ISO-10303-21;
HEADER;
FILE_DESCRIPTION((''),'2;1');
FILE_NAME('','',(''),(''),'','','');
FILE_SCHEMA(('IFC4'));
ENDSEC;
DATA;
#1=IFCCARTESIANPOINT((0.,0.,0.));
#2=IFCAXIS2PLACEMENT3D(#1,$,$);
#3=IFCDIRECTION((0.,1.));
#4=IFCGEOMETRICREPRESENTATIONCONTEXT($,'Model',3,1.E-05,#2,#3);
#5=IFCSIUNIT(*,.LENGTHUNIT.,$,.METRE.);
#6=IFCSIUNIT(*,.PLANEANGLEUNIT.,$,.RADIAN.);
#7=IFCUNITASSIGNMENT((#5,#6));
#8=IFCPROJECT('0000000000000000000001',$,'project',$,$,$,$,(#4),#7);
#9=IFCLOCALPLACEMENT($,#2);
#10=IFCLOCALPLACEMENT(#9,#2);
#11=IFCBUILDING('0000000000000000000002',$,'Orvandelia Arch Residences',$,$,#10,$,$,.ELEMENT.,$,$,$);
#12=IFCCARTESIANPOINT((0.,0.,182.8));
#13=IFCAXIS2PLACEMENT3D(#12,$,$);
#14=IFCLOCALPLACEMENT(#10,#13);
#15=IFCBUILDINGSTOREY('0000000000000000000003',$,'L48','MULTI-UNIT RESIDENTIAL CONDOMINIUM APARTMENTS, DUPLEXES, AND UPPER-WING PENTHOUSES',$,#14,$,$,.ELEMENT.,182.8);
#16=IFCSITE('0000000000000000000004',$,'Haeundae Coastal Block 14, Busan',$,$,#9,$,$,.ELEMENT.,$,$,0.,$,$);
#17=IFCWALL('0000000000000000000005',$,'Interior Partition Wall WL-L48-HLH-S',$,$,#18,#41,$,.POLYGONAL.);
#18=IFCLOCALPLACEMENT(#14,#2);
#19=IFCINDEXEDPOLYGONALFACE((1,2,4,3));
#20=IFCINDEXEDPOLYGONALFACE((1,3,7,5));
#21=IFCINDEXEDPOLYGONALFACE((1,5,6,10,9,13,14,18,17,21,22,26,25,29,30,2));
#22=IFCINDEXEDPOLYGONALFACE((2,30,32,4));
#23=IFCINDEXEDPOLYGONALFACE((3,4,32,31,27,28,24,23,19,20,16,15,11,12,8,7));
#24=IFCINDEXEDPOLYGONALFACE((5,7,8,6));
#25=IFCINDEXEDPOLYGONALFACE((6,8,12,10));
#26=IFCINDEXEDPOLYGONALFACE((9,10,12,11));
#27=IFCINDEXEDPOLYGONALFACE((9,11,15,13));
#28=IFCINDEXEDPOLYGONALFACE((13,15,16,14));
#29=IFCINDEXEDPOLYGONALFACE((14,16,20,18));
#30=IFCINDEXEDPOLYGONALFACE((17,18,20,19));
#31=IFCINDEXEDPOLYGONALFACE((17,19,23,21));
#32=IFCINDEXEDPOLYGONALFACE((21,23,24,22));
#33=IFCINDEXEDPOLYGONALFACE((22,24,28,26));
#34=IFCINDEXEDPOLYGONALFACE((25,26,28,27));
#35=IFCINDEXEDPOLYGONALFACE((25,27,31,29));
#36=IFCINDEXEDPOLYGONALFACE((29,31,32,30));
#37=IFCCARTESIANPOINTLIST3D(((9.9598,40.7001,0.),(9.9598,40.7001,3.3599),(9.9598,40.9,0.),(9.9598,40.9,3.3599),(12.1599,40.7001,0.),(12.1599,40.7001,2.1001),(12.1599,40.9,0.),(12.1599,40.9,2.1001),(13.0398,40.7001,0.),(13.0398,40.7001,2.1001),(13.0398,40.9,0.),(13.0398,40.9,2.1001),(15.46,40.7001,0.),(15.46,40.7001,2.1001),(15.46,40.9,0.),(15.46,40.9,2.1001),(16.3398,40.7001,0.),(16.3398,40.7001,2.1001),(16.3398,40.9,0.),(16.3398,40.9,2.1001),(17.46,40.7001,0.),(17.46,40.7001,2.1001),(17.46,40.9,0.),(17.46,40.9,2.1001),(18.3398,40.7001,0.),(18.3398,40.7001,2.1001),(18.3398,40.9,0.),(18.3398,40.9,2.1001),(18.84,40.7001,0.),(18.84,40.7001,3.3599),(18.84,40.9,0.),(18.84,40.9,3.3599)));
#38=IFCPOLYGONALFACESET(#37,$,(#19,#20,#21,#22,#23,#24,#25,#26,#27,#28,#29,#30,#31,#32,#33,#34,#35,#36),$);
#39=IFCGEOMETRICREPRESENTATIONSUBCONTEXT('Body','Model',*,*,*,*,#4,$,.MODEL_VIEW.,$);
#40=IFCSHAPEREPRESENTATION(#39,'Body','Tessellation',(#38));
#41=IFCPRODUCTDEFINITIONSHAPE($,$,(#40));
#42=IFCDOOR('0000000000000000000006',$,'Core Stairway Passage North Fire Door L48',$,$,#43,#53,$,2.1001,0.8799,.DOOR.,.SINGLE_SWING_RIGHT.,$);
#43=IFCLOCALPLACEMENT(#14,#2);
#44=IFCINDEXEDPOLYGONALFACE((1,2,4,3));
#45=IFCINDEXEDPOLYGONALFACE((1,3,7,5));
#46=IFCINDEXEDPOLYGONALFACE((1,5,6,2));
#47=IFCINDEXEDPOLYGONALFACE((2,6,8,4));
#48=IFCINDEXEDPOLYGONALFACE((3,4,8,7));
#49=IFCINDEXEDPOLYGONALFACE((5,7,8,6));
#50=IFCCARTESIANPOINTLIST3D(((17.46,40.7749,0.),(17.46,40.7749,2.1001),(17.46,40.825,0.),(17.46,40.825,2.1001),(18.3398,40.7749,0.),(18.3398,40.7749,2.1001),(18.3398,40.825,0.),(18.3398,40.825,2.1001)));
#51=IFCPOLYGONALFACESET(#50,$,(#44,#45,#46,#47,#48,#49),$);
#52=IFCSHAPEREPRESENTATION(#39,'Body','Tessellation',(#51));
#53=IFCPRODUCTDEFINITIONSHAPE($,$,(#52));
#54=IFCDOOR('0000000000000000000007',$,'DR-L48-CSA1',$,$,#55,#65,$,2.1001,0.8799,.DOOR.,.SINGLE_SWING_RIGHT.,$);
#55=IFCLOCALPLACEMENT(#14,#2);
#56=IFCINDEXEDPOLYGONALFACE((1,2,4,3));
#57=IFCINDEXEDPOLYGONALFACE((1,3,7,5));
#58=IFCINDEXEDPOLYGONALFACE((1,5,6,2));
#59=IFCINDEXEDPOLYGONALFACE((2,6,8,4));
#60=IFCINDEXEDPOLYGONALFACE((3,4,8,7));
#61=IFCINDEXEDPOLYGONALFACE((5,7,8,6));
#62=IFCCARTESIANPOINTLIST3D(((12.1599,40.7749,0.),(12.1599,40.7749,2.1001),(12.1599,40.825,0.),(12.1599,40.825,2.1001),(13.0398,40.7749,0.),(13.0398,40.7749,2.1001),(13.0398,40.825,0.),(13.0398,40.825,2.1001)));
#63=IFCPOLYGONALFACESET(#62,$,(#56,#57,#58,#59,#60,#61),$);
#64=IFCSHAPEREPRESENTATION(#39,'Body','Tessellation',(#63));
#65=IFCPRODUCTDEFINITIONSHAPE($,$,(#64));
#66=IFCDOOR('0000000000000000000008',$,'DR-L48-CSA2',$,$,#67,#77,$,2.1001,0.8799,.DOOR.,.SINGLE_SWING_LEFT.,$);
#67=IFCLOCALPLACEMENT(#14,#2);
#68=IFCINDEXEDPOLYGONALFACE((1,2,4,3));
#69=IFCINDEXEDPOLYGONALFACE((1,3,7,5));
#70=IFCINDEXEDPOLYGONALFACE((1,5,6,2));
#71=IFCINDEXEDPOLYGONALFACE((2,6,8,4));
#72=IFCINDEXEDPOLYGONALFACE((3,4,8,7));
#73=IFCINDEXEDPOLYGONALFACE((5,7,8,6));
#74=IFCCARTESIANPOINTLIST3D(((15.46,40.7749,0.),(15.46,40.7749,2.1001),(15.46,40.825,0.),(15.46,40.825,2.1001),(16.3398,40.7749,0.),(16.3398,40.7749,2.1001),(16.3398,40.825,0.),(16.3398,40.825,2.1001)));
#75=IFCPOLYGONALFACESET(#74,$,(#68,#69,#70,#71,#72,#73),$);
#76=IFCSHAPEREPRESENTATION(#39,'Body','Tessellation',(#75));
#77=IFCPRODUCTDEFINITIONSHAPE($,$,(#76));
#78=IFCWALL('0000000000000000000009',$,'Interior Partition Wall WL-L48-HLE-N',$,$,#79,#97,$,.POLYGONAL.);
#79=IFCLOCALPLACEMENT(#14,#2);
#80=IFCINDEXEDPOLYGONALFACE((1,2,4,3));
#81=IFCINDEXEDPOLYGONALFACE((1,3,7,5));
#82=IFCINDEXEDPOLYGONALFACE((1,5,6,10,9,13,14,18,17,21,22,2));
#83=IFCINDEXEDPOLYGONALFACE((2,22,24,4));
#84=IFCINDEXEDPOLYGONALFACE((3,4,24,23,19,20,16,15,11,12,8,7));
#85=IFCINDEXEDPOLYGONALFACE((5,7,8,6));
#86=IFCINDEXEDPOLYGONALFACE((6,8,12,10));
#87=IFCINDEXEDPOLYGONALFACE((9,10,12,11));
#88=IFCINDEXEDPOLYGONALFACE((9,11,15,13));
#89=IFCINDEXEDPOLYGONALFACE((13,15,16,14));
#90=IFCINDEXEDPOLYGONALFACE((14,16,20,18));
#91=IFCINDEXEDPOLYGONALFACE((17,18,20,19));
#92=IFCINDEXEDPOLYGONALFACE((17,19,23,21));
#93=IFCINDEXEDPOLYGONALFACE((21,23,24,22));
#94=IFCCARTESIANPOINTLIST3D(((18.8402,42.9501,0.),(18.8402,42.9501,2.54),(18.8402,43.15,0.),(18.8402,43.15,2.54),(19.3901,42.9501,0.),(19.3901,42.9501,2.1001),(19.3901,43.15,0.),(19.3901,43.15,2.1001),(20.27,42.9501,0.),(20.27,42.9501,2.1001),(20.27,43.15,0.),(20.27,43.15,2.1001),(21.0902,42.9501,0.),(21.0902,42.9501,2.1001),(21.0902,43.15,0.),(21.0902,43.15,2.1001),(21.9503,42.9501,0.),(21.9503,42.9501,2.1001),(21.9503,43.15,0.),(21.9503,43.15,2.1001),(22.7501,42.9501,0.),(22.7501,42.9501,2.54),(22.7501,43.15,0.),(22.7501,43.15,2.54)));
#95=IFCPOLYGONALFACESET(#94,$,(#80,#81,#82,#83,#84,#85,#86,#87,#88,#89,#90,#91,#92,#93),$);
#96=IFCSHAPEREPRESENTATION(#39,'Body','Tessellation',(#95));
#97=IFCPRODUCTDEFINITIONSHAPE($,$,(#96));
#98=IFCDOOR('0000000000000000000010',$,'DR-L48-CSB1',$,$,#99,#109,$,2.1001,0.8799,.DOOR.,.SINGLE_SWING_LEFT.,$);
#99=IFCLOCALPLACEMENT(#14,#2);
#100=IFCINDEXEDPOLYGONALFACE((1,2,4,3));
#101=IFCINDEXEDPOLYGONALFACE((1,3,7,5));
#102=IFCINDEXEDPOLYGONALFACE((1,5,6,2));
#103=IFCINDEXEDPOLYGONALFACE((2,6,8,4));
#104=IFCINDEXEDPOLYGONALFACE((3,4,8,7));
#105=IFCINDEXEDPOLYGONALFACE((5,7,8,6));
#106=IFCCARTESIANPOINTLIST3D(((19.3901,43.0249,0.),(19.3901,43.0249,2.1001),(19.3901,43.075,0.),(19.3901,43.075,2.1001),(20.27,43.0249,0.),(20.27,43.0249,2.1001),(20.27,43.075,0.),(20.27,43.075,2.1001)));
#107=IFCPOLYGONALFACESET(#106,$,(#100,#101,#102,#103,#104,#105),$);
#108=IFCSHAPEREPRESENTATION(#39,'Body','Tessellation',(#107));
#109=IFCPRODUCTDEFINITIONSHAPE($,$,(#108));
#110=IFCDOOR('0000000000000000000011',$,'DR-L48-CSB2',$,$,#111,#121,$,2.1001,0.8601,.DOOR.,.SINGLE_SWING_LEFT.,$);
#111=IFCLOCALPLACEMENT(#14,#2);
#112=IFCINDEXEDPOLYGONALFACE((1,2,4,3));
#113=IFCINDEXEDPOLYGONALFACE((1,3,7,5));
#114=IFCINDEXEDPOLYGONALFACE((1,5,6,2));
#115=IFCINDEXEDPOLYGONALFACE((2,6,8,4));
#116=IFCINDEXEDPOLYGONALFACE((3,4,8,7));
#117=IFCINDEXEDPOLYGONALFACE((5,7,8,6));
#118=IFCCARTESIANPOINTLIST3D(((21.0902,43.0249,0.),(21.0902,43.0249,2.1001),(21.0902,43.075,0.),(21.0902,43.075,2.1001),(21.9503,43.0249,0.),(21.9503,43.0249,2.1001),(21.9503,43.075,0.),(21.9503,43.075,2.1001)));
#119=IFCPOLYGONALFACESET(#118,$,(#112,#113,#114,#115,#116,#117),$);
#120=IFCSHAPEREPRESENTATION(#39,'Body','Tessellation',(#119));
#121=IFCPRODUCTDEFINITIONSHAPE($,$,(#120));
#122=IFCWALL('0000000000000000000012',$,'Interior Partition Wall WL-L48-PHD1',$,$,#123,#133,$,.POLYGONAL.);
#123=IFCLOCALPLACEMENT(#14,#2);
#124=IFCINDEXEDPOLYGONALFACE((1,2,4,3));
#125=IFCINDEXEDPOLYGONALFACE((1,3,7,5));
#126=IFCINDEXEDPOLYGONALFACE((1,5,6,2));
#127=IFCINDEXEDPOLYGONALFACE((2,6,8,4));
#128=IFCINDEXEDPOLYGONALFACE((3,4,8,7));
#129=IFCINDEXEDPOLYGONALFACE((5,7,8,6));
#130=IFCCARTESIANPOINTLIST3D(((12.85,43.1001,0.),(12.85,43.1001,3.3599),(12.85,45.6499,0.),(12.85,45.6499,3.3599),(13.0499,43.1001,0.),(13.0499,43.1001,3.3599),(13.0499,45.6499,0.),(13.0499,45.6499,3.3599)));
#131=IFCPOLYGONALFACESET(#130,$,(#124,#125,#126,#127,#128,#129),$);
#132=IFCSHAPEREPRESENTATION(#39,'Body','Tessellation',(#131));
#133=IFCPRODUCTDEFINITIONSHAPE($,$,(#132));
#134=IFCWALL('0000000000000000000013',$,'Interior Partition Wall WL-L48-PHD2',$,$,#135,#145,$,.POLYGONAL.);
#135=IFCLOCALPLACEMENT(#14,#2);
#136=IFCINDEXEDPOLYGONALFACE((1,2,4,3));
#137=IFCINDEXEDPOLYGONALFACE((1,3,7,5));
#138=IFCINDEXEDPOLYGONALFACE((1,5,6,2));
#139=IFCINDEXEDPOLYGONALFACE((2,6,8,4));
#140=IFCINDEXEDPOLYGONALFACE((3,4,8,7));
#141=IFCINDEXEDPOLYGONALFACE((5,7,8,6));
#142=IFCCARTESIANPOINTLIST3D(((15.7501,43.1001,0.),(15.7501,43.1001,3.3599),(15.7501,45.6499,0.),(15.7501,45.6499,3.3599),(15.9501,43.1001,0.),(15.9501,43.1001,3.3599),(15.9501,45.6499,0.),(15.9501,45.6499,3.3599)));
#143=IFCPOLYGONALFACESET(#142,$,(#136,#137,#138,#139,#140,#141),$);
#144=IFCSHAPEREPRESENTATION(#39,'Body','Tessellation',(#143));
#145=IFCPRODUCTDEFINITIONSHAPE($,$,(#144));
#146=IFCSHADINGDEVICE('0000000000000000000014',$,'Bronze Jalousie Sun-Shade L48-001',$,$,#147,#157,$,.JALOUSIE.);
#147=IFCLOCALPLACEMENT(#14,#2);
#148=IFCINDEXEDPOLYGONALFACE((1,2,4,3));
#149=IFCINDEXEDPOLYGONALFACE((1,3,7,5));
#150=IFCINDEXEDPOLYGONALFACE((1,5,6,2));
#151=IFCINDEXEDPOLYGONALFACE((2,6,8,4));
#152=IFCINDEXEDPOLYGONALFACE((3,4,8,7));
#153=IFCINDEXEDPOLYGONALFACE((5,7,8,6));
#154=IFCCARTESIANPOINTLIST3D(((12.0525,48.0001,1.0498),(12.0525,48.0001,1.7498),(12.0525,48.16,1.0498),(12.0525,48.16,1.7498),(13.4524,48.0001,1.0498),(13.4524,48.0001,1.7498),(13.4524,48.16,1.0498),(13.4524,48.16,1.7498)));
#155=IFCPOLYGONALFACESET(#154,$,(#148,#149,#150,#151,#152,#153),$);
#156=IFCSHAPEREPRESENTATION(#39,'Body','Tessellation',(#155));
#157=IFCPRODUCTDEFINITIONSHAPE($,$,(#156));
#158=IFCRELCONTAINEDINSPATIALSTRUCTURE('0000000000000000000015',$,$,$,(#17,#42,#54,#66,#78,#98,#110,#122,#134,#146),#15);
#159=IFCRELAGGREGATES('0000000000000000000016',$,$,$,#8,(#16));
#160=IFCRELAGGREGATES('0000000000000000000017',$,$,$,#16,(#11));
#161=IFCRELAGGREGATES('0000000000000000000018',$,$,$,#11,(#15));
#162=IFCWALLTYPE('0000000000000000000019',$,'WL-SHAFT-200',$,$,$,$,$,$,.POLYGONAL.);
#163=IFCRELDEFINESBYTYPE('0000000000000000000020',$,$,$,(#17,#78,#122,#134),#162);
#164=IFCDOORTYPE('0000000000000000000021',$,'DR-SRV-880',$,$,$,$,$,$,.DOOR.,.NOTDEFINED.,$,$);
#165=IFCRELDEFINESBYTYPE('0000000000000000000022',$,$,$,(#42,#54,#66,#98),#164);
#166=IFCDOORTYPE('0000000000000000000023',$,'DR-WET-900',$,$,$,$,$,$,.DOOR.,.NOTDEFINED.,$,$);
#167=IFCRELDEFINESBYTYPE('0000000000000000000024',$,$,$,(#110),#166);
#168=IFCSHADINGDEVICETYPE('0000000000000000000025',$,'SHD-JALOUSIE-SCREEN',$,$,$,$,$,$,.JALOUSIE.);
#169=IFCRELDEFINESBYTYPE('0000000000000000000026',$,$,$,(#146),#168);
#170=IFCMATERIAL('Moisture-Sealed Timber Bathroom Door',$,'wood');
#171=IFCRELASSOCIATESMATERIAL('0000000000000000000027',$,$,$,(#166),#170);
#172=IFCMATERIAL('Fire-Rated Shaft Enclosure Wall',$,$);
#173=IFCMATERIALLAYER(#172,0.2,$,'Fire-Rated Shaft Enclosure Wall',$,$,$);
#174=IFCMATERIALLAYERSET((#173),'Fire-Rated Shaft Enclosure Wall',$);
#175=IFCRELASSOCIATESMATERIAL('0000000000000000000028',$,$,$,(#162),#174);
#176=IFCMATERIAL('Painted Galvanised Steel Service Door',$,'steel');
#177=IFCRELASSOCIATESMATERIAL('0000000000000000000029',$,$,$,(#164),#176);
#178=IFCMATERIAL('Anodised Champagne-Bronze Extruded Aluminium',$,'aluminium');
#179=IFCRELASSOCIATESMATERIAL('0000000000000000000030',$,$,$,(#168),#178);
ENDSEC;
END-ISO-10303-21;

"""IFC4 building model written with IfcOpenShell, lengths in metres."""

from ifc_helpers import new_model, si_unit, direction, frame, frame_2d, origin, origin_2d, place, context, subcontext, project, spatial, rectangle, extrude, material, layer, layer_set, type_object, element, fill, save


model = new_model("IFC4")

# Units and contexts
model_context = context("Model", 3, precision=1e-05, world=origin(), true_north=direction((0.0, 1.0)))
body_context = subcontext(model_context, "Body", "Model", "MODEL_VIEW")
ifc_project = project(units=[si_unit("LENGTHUNIT", "METRE"), si_unit("PLANEANGLEUNIT", "RADIAN")], contexts=[model_context])

# Site, building, storey
site_placement = place(None, origin())
site = spatial("IfcSite", under=ifc_project, at=site_placement, Name="Haeundae Coastal Block 14, Busan", CompositionType="ELEMENT", RefElevation=0.0)
building_placement = place(site_placement, origin())
building = spatial("IfcBuilding", under=site, at=building_placement, Name="Orvandelia Arch Residences", CompositionType="ELEMENT")
storey_placement = place(building_placement, frame((0.0, 0.0, 182.8)))
storey = spatial("IfcBuildingStorey", under=building, at=storey_placement, Name="L48", Description="MULTI-UNIT RESIDENTIAL CONDOMINIUM APARTMENTS, DUPLEXES, AND UPPER-WING PENTHOUSES", CompositionType="ELEMENT", Elevation=182.8)

# Shared definitions
ifc_material_1 = material(Name="Moisture-Sealed Timber Bathroom Door", Category="wood")
door_type_1 = type_object("IfcDoorType", Name="DR-WET-900", OperationType="NOTDEFINED", PredefinedType="DOOR", material=ifc_material_1)

# Walls, openings, doors
ifc_material_2 = material(Name="Fire-Rated Shaft Enclosure Wall")
ifc_layer_1 = layer(ifc_material_2, 0.2, Name="Fire-Rated Shaft Enclosure Wall")
ifc_layer_set_1 = layer_set([ifc_layer_1], Name="Fire-Rated Shaft Enclosure Wall")
wall_type_1 = type_object("IfcWallType", Name="WL-SHAFT-200", PredefinedType="POLYGONAL", material=ifc_layer_set_1)
wall_1_placement = place(storey_placement, frame((9.96, 40.8, 0.0), z_axis=(0.0, 0.0, 1.0), x_axis=(1.0, 0.0, 0.0)))
wall_1 = element("IfcWall", 1, at=wall_1_placement, inside=storey, type_object=wall_type_1, Name="Interior Partition Wall WL-L48-HLH-S", PredefinedType="POLYGONAL", context=body_context, shape_type="SweptSolid", body=[
    extrude(rectangle(XDim=8.8801, YDim=0.2, at=frame_2d((4.4399, 0.0))), origin(), (0.0, 0.0, 1.0), 3.3599),
])
opening_1_placement = place(wall_1_placement, frame((7.5, 0.0, 0.0)))
opening_1 = element("IfcOpeningElement", 2, at=opening_1_placement, cuts=wall_1, PredefinedType="OPENING", context=body_context, shape_type="SweptSolid", body=[
    extrude(rectangle(XDim=0.8799, YDim=2.1001, at=frame_2d((0.4399, 1.05))), frame((0.0, 0.1099, 0.0), z_axis=(0.0, -1.0, 0.0), x_axis=(1.0, 0.0, 0.0)), (0.0, 0.0, 1.0), 0.22),
])
opening_2_placement = place(wall_1_placement, frame((2.2, 0.0, 0.0)))
opening_2 = element("IfcOpeningElement", 3, at=opening_2_placement, cuts=wall_1, PredefinedType="OPENING", context=body_context, shape_type="SweptSolid", body=[
    extrude(rectangle(XDim=0.8799, YDim=2.1001, at=frame_2d((0.4399, 1.05))), frame((0.0, 0.1099, 0.0), z_axis=(0.0, -1.0, 0.0), x_axis=(1.0, 0.0, 0.0)), (0.0, 0.0, 1.0), 0.22),
])
opening_3_placement = place(wall_1_placement, frame((5.5, 0.0, 0.0)))
opening_3 = element("IfcOpeningElement", 4, at=opening_3_placement, cuts=wall_1, PredefinedType="OPENING", context=body_context, shape_type="SweptSolid", body=[
    extrude(rectangle(XDim=0.8799, YDim=2.1001, at=frame_2d((0.4399, 1.05))), frame((0.0, 0.1099, 0.0), z_axis=(0.0, -1.0, 0.0), x_axis=(1.0, 0.0, 0.0)), (0.0, 0.0, 1.0), 0.22),
])
ifc_material_3 = material(Name="Painted Galvanised Steel Service Door", Category="steel")
door_type_2 = type_object("IfcDoorType", Name="DR-SRV-880", OperationType="NOTDEFINED", PredefinedType="DOOR", material=ifc_material_3)
door_1_placement = place(opening_1_placement, origin())
door_1 = element("IfcDoor", 5, at=door_1_placement, inside=storey, type_object=door_type_2, Name="Core Stairway Passage North Fire Door L48", OperationType="SINGLE_SWING_RIGHT", OverallHeight=2.1001, OverallWidth=0.8799, PredefinedType="DOOR", context=body_context, shape_type="SweptSolid", body=[
    extrude(rectangle(XDim=0.8799, YDim=2.1001, at=frame_2d((0.4399, 1.05))), frame((0.0, 0.0249, 0.0), z_axis=(0.0, -1.0, 0.0), x_axis=(1.0, 0.0, 0.0)), (0.0, 0.0, 1.0), 0.05),
])
fill(opening_1, door_1)
door_2_placement = place(opening_2_placement, origin())
door_2 = element("IfcDoor", 6, at=door_2_placement, inside=storey, type_object=door_type_2, Name="DR-L48-CSA1", OperationType="SINGLE_SWING_RIGHT", OverallHeight=2.1001, OverallWidth=0.8799, PredefinedType="DOOR", context=body_context, shape_type="SweptSolid", body=[
    extrude(rectangle(XDim=0.8799, YDim=2.1001, at=frame_2d((0.4399, 1.05))), frame((0.0, 0.0249, 0.0), z_axis=(0.0, -1.0, 0.0), x_axis=(1.0, 0.0, 0.0)), (0.0, 0.0, 1.0), 0.05),
])
fill(opening_2, door_2)
door_3_placement = place(opening_3_placement, origin())
door_3 = element("IfcDoor", 7, at=door_3_placement, inside=storey, type_object=door_type_2, Name="DR-L48-CSA2", OperationType="SINGLE_SWING_LEFT", OverallHeight=2.1001, OverallWidth=0.8799, PredefinedType="DOOR", context=body_context, shape_type="SweptSolid", body=[
    extrude(rectangle(XDim=0.8799, YDim=2.1001, at=frame_2d((0.4399, 1.05))), frame((0.0, 0.0249, 0.0), z_axis=(0.0, -1.0, 0.0), x_axis=(1.0, 0.0, 0.0)), (0.0, 0.0, 1.0), 0.05),
])
fill(opening_3, door_3)
wall_2_placement = place(storey_placement, frame((18.8401, 43.05, 0.0), z_axis=(0.0, 0.0, 1.0), x_axis=(1.0, 0.0, 0.0)))
wall_2 = element("IfcWall", 8, at=wall_2_placement, inside=storey, type_object=wall_type_1, Name="Interior Partition Wall WL-L48-HLE-N", PredefinedType="POLYGONAL", context=body_context, shape_type="SweptSolid", body=[
    extrude(rectangle(XDim=3.9099, YDim=0.2, at=frame_2d((1.9551, 0.0))), origin(), (0.0, 0.0, 1.0), 2.54),
])
opening_4_placement = place(wall_2_placement, frame((0.55, 0.0, 0.0)))
opening_4 = element("IfcOpeningElement", 9, at=opening_4_placement, cuts=wall_2, PredefinedType="OPENING", context=body_context, shape_type="SweptSolid", body=[
    extrude(rectangle(XDim=0.8799, YDim=2.1001, at=frame_2d((0.4399, 1.05))), frame((0.0, 0.1099, 0.0), z_axis=(0.0, -1.0, 0.0), x_axis=(1.0, 0.0, 0.0)), (0.0, 0.0, 1.0), 0.22),
])
opening_5_placement = place(wall_2_placement, frame((2.25, 0.0, 0.0)))
opening_5 = element("IfcOpeningElement", 10, at=opening_5_placement, cuts=wall_2, PredefinedType="OPENING", context=body_context, shape_type="SweptSolid", body=[
    extrude(rectangle(XDim=0.8601, YDim=2.1001, at=frame_2d((0.4302, 1.05))), frame((0.0, 0.1099, 0.0), z_axis=(0.0, -1.0, 0.0), x_axis=(1.0, 0.0, 0.0)), (0.0, 0.0, 1.0), 0.22),
])
door_4_placement = place(opening_4_placement, origin())
door_4 = element("IfcDoor", 11, at=door_4_placement, inside=storey, type_object=door_type_2, Name="DR-L48-CSB1", OperationType="SINGLE_SWING_LEFT", OverallHeight=2.1001, OverallWidth=0.8799, PredefinedType="DOOR", context=body_context, shape_type="SweptSolid", body=[
    extrude(rectangle(XDim=0.8799, YDim=2.1001, at=frame_2d((0.4399, 1.05))), frame((0.0, 0.0249, 0.0), z_axis=(0.0, -1.0, 0.0), x_axis=(1.0, 0.0, 0.0)), (0.0, 0.0, 1.0), 0.05),
])
fill(opening_4, door_4)
door_5_placement = place(opening_5_placement, origin())
door_5 = element("IfcDoor", 12, at=door_5_placement, inside=storey, type_object=door_type_1, Name="DR-L48-CSB2", OperationType="SINGLE_SWING_LEFT", OverallHeight=2.1001, OverallWidth=0.8601, PredefinedType="DOOR", context=body_context, shape_type="SweptSolid", body=[
    extrude(rectangle(XDim=0.8601, YDim=2.1001, at=frame_2d((0.4302, 1.05))), frame((0.0, 0.0249, 0.0), z_axis=(0.0, -1.0, 0.0), x_axis=(1.0, 0.0, 0.0)), (0.0, 0.0, 1.0), 0.05),
])
fill(opening_5, door_5)

# Walls
for number, where, z_axis, x_axis, name in (
    (13, (12.95, 43.1001, 0.0), (0.0, 0.0, 1.0), (0.0, 1.0, 0.0), "Interior Partition Wall WL-L48-PHD1"),
    (14, (15.8501, 43.1001, 0.0), (0.0, 0.0, 1.0), (0.0, 1.0, 0.0), "Interior Partition Wall WL-L48-PHD2"),
):
    element("IfcWall", number, at=place(storey_placement, frame(where, z_axis=z_axis, x_axis=x_axis)), inside=storey, type_object=wall_type_1, Name=name, PredefinedType="POLYGONAL", context=body_context, shape_type="SweptSolid", body=[
        extrude(rectangle(XDim=2.5498, YDim=0.2, at=frame_2d((1.2749, 0.0))), origin(), (0.0, 0.0, 1.0), 3.3599),
    ])

# Shading device
ifc_material_4 = material(Name="Anodised Champagne-Bronze Extruded Aluminium", Category="aluminium")
shading_device_type = type_object("IfcShadingDeviceType", Name="SHD-JALOUSIE-SCREEN", PredefinedType="JALOUSIE", material=ifc_material_4)
shading_device_placement = place(storey_placement, frame((12.7524, 48.0801, 1.0498), z_axis=(0.0, 0.0, 1.0), x_axis=(1.0, 0.0, 0.0)))
element("IfcShadingDevice", 15, at=shading_device_placement, inside=storey, type_object=shading_device_type, Name="Bronze Jalousie Sun-Shade L48-001", PredefinedType="JALOUSIE", context=body_context, shape_type="SweptSolid", body=[
    extrude(rectangle(XDim=1.3999, YDim=0.1599, at=origin_2d()), origin(), (0.0, 0.0, 1.0), 0.7),
])

save(model, "model.ifc")
